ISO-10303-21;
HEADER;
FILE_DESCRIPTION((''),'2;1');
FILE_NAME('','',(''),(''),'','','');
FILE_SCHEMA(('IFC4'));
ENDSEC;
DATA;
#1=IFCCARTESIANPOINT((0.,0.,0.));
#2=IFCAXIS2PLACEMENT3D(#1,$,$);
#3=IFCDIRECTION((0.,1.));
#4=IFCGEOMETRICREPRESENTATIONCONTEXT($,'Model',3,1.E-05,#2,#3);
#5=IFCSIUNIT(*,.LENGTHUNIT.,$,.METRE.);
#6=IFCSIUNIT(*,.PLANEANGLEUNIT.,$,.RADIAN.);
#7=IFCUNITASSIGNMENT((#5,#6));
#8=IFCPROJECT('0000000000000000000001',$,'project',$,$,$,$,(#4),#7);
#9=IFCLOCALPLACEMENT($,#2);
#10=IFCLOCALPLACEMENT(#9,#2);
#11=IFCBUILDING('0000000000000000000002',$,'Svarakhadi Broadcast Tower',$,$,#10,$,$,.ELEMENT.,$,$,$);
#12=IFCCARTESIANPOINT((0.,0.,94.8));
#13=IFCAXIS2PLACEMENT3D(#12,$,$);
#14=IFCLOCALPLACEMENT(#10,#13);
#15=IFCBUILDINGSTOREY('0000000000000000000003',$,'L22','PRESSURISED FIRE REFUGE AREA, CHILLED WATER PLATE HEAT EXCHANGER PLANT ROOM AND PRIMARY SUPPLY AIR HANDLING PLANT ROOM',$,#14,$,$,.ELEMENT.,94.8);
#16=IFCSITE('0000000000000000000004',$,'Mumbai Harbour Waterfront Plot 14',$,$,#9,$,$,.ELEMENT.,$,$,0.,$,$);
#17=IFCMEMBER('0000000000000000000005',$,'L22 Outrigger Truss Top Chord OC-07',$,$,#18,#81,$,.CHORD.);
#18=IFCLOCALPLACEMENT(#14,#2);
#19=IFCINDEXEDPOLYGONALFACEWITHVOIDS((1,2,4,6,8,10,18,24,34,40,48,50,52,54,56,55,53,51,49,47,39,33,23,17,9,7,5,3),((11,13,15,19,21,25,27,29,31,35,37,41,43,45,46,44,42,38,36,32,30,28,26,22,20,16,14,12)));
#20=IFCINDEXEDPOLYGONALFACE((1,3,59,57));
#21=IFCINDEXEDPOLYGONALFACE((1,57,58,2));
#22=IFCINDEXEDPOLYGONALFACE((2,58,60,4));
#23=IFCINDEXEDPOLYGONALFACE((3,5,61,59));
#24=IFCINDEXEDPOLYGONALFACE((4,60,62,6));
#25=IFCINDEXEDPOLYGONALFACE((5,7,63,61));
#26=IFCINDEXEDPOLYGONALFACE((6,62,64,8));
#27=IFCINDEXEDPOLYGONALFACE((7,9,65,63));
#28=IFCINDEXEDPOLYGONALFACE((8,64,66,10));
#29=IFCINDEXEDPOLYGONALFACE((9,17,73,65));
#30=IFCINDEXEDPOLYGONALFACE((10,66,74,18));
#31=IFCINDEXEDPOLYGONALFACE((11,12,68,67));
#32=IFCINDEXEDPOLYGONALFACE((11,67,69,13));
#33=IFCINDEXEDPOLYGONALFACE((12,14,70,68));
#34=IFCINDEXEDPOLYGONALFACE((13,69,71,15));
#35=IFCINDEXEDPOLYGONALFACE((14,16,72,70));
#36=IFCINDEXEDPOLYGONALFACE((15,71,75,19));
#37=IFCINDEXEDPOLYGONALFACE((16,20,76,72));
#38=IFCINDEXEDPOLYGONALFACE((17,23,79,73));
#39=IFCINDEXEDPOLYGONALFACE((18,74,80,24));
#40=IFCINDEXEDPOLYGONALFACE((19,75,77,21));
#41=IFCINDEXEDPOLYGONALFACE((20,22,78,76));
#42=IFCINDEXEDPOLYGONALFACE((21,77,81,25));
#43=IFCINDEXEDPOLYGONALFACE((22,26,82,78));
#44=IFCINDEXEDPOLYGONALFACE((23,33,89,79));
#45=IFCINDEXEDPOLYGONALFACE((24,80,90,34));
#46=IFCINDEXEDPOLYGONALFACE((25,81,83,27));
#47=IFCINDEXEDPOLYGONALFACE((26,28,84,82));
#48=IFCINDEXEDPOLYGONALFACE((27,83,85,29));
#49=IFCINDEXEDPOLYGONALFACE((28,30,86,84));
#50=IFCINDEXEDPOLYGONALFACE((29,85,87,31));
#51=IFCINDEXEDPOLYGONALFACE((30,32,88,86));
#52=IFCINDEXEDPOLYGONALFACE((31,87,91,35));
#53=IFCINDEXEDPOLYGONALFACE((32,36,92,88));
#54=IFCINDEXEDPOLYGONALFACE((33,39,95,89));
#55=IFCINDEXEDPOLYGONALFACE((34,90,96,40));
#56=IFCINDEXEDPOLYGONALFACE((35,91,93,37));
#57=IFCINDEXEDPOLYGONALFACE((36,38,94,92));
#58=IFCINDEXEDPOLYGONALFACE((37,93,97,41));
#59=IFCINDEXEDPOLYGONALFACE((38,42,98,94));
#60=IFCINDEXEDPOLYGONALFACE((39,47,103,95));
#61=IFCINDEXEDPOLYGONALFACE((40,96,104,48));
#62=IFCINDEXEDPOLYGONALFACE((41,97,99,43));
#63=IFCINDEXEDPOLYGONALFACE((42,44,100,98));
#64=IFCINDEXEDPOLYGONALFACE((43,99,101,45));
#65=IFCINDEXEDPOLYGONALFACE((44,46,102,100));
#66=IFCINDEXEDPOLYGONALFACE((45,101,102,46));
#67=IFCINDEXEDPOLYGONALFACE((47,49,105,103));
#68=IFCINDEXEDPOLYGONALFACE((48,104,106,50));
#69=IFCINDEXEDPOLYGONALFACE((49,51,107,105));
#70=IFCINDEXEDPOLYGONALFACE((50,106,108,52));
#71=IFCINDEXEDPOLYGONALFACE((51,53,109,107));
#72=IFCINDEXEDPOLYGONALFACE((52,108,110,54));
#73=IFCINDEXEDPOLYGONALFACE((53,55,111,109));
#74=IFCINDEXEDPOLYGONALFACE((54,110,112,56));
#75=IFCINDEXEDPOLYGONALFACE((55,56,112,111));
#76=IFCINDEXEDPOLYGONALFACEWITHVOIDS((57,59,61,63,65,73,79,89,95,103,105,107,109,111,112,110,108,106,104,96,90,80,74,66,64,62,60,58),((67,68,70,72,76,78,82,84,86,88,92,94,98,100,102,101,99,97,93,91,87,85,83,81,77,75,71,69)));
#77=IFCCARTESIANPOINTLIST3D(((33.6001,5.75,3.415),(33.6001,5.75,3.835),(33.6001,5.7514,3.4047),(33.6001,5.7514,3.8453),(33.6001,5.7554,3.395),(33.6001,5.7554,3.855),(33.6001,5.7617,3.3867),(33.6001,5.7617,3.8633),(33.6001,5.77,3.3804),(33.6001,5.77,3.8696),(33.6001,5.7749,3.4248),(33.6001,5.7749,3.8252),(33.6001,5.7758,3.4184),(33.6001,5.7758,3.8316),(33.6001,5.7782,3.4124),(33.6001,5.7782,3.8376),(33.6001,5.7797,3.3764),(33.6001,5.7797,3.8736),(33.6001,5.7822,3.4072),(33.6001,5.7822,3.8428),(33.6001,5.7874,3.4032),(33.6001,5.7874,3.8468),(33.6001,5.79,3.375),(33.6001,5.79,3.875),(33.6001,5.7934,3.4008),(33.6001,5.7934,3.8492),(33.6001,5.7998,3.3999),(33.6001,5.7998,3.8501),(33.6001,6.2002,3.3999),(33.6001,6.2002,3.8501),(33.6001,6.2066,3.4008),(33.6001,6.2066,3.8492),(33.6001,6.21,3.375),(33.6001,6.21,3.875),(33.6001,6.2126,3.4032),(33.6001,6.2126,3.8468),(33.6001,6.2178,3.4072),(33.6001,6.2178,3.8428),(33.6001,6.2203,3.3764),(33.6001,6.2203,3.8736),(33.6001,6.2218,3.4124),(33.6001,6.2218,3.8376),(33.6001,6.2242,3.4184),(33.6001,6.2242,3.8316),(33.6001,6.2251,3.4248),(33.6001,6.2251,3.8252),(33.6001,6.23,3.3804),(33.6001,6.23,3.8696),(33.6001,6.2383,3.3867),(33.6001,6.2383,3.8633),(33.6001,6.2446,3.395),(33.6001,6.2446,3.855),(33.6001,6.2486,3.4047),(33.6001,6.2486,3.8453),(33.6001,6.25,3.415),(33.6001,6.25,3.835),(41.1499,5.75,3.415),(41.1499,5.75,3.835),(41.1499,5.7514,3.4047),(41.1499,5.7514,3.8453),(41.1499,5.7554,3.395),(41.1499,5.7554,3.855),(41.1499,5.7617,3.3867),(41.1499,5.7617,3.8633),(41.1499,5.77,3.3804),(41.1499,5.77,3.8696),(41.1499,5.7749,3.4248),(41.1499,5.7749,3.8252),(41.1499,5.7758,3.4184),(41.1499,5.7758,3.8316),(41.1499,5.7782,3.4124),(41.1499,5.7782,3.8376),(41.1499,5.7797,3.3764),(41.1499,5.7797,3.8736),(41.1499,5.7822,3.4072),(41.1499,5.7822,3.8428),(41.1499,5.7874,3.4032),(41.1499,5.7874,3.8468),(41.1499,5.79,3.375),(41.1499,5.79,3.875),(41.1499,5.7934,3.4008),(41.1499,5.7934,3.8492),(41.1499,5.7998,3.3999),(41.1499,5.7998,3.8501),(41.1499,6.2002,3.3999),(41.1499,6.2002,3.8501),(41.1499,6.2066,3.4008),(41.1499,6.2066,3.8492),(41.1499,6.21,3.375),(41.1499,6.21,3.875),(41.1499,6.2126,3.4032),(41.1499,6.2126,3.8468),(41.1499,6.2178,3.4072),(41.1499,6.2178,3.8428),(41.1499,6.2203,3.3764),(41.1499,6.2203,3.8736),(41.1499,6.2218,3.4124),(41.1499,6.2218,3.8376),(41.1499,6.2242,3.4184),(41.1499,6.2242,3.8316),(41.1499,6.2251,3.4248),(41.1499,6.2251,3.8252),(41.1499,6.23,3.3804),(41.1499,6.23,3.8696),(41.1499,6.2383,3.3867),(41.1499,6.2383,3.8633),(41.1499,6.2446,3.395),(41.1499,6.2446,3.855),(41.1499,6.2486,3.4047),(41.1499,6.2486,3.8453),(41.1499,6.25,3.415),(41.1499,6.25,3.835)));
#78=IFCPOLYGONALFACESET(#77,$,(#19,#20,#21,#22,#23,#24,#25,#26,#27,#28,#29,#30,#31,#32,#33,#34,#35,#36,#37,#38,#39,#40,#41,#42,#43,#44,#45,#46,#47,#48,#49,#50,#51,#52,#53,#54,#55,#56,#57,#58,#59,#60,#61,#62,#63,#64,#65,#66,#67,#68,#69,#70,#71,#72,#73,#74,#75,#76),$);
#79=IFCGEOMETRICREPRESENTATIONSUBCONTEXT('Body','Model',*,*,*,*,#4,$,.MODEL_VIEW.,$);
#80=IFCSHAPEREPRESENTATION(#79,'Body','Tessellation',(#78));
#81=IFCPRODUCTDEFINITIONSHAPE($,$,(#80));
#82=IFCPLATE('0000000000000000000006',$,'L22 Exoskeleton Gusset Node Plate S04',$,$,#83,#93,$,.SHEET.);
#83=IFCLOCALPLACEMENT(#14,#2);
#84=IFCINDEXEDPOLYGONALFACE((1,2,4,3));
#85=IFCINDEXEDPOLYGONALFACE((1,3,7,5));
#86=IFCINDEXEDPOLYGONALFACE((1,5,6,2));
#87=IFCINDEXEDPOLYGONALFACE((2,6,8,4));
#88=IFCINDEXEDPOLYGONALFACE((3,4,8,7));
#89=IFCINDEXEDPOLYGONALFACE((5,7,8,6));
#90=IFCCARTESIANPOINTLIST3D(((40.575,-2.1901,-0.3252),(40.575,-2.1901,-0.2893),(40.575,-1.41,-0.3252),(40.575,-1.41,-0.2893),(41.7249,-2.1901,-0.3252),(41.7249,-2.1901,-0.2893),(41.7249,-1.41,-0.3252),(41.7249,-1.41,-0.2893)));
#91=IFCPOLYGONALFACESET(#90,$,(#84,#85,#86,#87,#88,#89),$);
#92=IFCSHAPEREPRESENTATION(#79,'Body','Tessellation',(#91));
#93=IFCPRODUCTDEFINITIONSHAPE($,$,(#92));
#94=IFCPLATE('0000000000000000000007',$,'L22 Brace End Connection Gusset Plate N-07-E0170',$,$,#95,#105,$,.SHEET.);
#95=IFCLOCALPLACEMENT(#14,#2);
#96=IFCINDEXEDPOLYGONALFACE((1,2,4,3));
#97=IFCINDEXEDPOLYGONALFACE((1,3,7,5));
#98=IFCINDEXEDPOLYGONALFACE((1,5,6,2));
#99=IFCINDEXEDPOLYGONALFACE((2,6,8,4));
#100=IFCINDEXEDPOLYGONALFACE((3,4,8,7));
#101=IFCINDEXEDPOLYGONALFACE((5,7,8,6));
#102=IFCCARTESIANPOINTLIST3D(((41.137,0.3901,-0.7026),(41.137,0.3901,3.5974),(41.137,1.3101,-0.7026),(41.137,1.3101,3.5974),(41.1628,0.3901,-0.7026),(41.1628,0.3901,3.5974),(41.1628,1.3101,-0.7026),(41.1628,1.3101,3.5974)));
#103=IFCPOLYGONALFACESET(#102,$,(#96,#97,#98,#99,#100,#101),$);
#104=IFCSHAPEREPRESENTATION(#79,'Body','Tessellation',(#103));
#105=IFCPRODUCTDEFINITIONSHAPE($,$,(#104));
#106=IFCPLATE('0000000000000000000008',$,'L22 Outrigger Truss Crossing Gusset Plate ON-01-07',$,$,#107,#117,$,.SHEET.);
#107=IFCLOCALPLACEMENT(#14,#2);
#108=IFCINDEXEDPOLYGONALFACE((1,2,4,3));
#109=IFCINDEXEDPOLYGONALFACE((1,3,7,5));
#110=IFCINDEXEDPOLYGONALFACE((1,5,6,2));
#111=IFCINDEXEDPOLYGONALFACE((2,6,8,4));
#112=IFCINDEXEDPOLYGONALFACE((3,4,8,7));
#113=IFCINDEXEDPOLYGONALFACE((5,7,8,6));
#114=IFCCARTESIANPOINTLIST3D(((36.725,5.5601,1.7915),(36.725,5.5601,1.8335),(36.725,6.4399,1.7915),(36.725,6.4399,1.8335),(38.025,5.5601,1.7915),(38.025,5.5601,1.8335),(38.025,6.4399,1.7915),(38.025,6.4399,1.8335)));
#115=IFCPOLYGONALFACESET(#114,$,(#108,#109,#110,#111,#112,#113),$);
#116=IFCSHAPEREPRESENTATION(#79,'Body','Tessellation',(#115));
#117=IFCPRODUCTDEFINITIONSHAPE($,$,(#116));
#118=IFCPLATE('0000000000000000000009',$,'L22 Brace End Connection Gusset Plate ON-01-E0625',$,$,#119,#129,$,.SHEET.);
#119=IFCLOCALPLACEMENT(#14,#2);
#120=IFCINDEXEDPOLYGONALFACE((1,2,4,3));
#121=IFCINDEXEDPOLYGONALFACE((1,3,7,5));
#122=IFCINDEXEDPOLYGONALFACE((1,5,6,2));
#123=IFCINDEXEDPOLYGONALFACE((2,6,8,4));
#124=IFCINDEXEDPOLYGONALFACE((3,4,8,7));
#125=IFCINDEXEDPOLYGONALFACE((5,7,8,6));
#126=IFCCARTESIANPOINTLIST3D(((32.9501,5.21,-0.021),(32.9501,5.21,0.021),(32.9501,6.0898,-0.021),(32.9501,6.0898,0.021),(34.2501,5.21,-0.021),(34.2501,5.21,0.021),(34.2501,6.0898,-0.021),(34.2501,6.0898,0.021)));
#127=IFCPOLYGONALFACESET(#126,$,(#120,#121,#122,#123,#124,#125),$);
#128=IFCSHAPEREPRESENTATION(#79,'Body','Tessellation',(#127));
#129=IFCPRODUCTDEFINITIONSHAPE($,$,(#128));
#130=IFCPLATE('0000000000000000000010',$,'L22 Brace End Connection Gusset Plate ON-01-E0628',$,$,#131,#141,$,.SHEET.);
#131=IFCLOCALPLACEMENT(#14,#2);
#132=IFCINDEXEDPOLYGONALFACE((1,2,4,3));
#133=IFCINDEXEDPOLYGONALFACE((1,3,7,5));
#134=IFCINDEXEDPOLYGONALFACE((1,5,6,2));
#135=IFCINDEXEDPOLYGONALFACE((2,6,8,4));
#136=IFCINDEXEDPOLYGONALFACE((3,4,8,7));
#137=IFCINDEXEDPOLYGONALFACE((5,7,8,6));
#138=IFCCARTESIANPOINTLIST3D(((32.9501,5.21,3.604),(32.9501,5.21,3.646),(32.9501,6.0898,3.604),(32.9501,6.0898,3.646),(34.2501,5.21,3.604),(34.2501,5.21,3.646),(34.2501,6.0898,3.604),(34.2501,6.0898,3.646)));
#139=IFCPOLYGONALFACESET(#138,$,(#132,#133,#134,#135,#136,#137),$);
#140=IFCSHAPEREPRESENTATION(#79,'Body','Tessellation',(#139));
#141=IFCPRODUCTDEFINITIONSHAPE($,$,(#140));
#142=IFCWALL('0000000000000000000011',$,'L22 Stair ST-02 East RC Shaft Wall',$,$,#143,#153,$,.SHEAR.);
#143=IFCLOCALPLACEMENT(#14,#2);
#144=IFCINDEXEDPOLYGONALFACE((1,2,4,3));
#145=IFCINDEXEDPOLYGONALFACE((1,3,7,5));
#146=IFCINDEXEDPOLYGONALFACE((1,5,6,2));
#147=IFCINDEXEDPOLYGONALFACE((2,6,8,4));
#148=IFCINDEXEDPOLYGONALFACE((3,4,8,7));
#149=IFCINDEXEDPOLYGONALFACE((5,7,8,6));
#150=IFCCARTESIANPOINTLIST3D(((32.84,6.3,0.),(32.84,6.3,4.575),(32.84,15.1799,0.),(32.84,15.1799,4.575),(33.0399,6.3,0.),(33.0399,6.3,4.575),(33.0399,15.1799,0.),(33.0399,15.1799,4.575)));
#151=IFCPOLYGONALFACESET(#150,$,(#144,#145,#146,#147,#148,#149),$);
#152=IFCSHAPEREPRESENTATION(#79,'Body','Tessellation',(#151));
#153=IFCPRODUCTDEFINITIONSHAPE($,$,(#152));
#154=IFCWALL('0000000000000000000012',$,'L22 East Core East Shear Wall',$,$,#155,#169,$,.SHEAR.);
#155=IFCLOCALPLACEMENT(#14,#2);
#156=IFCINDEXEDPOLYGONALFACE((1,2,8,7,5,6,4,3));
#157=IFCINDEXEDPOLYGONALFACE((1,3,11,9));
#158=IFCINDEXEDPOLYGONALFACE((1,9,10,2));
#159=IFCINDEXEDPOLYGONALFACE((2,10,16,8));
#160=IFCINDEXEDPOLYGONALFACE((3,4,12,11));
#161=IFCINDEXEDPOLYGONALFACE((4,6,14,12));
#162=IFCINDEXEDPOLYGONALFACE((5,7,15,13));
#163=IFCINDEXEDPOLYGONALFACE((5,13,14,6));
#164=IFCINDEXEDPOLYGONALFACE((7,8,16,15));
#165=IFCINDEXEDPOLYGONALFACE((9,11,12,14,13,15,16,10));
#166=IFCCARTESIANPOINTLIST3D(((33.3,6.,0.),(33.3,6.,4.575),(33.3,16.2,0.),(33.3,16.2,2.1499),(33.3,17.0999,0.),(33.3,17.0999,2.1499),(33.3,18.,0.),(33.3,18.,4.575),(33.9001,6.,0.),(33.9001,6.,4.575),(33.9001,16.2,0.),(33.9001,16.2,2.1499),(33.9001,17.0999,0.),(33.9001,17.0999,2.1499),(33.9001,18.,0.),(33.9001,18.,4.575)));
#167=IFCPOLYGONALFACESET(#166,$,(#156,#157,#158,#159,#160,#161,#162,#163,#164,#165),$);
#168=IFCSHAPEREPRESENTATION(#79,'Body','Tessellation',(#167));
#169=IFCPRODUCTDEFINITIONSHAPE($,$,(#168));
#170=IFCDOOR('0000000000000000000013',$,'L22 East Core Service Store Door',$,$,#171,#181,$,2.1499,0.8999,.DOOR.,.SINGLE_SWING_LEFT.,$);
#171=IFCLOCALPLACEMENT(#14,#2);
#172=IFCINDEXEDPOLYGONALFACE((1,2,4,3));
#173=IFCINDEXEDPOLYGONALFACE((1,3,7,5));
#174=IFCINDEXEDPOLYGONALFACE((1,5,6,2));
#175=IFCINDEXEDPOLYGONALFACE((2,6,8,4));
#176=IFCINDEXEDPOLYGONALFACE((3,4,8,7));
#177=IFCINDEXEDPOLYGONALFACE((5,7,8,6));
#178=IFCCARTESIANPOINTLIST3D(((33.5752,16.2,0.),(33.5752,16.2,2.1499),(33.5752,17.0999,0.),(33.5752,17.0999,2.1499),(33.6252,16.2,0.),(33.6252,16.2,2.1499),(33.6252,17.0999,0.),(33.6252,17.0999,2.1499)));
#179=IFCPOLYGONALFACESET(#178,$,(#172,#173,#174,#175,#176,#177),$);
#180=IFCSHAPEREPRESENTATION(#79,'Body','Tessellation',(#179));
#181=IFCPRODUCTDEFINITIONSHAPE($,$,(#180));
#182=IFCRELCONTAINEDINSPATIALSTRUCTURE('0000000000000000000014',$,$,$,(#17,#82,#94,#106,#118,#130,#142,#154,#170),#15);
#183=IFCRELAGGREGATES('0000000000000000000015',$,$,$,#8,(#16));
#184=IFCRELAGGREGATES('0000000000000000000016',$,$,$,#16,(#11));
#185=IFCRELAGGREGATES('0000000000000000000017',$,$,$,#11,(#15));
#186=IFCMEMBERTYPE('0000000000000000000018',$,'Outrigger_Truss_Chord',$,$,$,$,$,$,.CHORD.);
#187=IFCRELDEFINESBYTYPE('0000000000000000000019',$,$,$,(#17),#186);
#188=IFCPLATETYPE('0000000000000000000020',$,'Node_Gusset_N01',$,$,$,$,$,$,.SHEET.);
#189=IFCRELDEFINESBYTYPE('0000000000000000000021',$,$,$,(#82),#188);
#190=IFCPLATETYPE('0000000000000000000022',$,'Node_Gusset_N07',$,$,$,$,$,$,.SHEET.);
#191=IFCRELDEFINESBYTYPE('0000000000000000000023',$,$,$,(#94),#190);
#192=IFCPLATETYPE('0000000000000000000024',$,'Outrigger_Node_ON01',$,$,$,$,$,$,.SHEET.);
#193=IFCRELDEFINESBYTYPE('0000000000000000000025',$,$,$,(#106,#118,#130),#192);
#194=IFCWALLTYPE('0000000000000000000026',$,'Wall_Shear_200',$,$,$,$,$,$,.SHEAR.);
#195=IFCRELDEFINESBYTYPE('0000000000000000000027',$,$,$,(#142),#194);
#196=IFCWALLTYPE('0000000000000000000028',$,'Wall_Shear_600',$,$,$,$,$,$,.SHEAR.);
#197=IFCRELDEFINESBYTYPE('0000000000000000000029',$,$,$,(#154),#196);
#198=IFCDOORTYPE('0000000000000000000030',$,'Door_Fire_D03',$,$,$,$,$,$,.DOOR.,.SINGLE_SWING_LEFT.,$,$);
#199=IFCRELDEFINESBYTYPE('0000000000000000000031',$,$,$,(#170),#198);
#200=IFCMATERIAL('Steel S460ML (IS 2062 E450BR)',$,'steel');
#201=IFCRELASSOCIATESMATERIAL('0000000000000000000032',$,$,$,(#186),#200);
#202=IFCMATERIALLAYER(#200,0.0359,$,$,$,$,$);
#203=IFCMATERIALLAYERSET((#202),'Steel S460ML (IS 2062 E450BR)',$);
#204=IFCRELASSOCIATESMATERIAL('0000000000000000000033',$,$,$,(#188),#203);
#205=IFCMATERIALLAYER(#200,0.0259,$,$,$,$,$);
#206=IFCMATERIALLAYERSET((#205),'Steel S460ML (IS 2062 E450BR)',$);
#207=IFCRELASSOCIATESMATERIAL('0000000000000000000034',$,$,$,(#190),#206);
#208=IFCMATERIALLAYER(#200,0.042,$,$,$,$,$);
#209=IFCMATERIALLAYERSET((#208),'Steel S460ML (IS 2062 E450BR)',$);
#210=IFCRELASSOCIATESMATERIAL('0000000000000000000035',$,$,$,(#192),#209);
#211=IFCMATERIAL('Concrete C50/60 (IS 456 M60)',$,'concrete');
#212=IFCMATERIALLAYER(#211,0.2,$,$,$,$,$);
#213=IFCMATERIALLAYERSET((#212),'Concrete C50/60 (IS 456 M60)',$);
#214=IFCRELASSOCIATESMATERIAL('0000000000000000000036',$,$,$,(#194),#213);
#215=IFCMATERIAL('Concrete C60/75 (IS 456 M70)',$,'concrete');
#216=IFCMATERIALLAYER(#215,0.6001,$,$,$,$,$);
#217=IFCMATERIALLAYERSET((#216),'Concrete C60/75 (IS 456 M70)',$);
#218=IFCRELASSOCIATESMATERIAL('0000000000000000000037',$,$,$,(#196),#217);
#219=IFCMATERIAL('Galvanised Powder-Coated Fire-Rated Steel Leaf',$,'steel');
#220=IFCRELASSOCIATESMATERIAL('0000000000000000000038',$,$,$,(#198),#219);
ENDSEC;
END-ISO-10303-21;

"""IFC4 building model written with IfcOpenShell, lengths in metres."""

from ifc_helpers import new_model, si_unit, direction, frame, frame_2d, origin, origin_2d, place, context, subcontext, project, spatial, rectangle, hollow_rectangle, extrude, material, layer, layer_set, material_profile, profile_set, type_object, element, fill, save


model = new_model("IFC4")

# Units and contexts
model_context = context("Model", 3, precision=1e-05, world=origin(), true_north=direction((0.0, 1.0)))
body_context = subcontext(model_context, "Body", "Model", "MODEL_VIEW")
ifc_project = project(units=[si_unit("LENGTHUNIT", "METRE"), si_unit("PLANEANGLEUNIT", "RADIAN")], contexts=[model_context])

# Site, building, storey
site_placement = place(None, origin())
site = spatial("IfcSite", under=ifc_project, at=site_placement, Name="Mumbai Harbour Waterfront Plot 14", CompositionType="ELEMENT", RefElevation=0.0)
building_placement = place(site_placement, origin())
building = spatial("IfcBuilding", under=site, at=building_placement, Name="Svarakhadi Broadcast Tower", CompositionType="ELEMENT")
storey_placement = place(building_placement, frame((0.0, 0.0, 94.8)))
storey = spatial("IfcBuildingStorey", under=building, at=storey_placement, Name="L22", Description="PRESSURISED FIRE REFUGE AREA, CHILLED WATER PLATE HEAT EXCHANGER PLANT ROOM AND PRIMARY SUPPLY AIR HANDLING PLANT ROOM", CompositionType="ELEMENT", Elevation=94.8)

# Shared definitions
ifc_material_1 = material(Name="Steel S460ML (IS 2062 E450BR)", Category="steel")
ifc_material_2 = material(Name="Concrete C60/75 (IS 456 M70)", Category="concrete")

# Member
ifc_material_profile_1 = material_profile(ifc_material_1, hollow_rectangle(XDim=0.5, YDim=0.5, WallThickness=0.0249, InnerFilletRadius=0.0249, OuterFilletRadius=0.04, at=origin_2d()), Name="SHS 500x500x25")
ifc_profile_set_1 = profile_set([ifc_material_profile_1], Name="Steel S460ML (IS 2062 E450BR)")
member_type_1 = type_object("IfcMemberType", Name="Outrigger_Truss_Chord", PredefinedType="CHORD", material=ifc_profile_set_1)
member_1_placement = place(storey_placement, frame((33.6001, 6.0, 3.625), z_axis=(1.0, 0.0, 0.0), x_axis=(0.0, 1.0, 0.0)))
element("IfcMember", 1, at=member_1_placement, inside=storey, type_object=member_type_1, Name="L22 Outrigger Truss Top Chord OC-07", PredefinedType="CHORD", context=body_context, shape_type="SweptSolid", body=[
    extrude(hollow_rectangle(XDim=0.5, YDim=0.5, WallThickness=0.0249, InnerFilletRadius=0.0249, OuterFilletRadius=0.04, at=origin_2d()), origin(), (0.0, 0.0, 1.0), 7.5498),
])

# Plates
ifc_layer_1 = layer(ifc_material_1, 0.0359)
ifc_layer_set_1 = layer_set([ifc_layer_1], Name="Steel S460ML (IS 2062 E450BR)")
plate_type_1 = type_object("IfcPlateType", Name="Node_Gusset_N01", PredefinedType="SHEET", material=ifc_layer_set_1)
plate_1_placement = place(storey_placement, frame((41.1499, -1.8, -0.3252), z_axis=(0.0, 0.0, 1.0), x_axis=(1.0, 0.0, 0.0)))
element("IfcPlate", 2, at=plate_1_placement, inside=storey, type_object=plate_type_1, Name="L22 Exoskeleton Gusset Node Plate S04", PredefinedType="SHEET", context=body_context, shape_type="SweptSolid", body=[
    extrude(rectangle(XDim=1.1499, YDim=0.78, at=origin_2d()), origin(), (0.0, 0.0, 1.0), 0.0359),
])
ifc_layer_2 = layer(ifc_material_1, 0.0259)
ifc_layer_set_2 = layer_set([ifc_layer_2], Name="Steel S460ML (IS 2062 E450BR)")
plate_type_2 = type_object("IfcPlateType", Name="Node_Gusset_N07", PredefinedType="SHEET", material=ifc_layer_set_2)
plate_2_placement = place(storey_placement, frame((41.1499, 0.8501, -0.7026), z_axis=(0.0, 0.0, 1.0), x_axis=(0.0, 1.0, 0.0)))
element("IfcPlate", 3, at=plate_2_placement, inside=storey, type_object=plate_type_2, Name="L22 Brace End Connection Gusset Plate N-07-E0170", PredefinedType="SHEET", context=body_context, shape_type="SweptSolid", body=[
    extrude(rectangle(XDim=0.9199, YDim=0.0259, at=origin_2d()), origin(), (0.0, 0.0, 1.0), 4.3),
])
ifc_layer_3 = layer(ifc_material_1, 0.042)
ifc_layer_set_3 = layer_set([ifc_layer_3], Name="Steel S460ML (IS 2062 E450BR)")
plate_type_3 = type_object("IfcPlateType", Name="Outrigger_Node_ON01", PredefinedType="SHEET", material=ifc_layer_set_3)
for number, where, z_axis, x_axis, name in (
    (4, (37.375, 6.0, 1.7915), (0.0, 0.0, 1.0), (1.0, 0.0, 0.0), "L22 Outrigger Truss Crossing Gusset Plate ON-01-07"),
    (5, (33.6001, 5.6499, -0.021), (0.0, 0.0, 1.0), (1.0, 0.0, 0.0), "L22 Brace End Connection Gusset Plate ON-01-E0625"),
    (6, (33.6001, 5.6499, 3.604), (0.0, 0.0, 1.0), (1.0, 0.0, 0.0), "L22 Brace End Connection Gusset Plate ON-01-E0628"),
):
    element("IfcPlate", number, at=place(storey_placement, frame(where, z_axis=z_axis, x_axis=x_axis)), inside=storey, type_object=plate_type_3, Name=name, PredefinedType="SHEET", context=body_context, shape_type="SweptSolid", body=[
        extrude(rectangle(XDim=1.3, YDim=0.8799, at=origin_2d()), origin(), (0.0, 0.0, 1.0), 0.042),
    ])

# Wall
ifc_material_3 = material(Name="Concrete C50/60 (IS 456 M60)", Category="concrete")
ifc_layer_4 = layer(ifc_material_3, 0.2)
ifc_layer_set_4 = layer_set([ifc_layer_4], Name="Concrete C50/60 (IS 456 M60)")
wall_type_1 = type_object("IfcWallType", Name="Wall_Shear_200", PredefinedType="SHEAR", material=ifc_layer_set_4)
wall_1_placement = place(storey_placement, frame((32.9399, 6.3, 0.0), z_axis=(0.0, 0.0, 1.0), x_axis=(0.0, 1.0, 0.0)))
element("IfcWall", 7, at=wall_1_placement, inside=storey, type_object=wall_type_1, Name="L22 Stair ST-02 East RC Shaft Wall", PredefinedType="SHEAR", context=body_context, shape_type="SweptSolid", body=[
    extrude(rectangle(XDim=8.8799, YDim=0.2, at=frame_2d((4.4399, 0.0))), origin(), (0.0, 0.0, 1.0), 4.575),
])

# Wall, opening, door
ifc_layer_5 = layer(ifc_material_2, 0.6001)
ifc_layer_set_5 = layer_set([ifc_layer_5], Name="Concrete C60/75 (IS 456 M70)")
wall_type_2 = type_object("IfcWallType", Name="Wall_Shear_600", PredefinedType="SHEAR", material=ifc_layer_set_5)
wall_2_placement = place(storey_placement, frame((33.6001, 6.0, 0.0), z_axis=(0.0, 0.0, 1.0), x_axis=(0.0, 1.0, 0.0)))
wall_2 = element("IfcWall", 8, at=wall_2_placement, inside=storey, type_object=wall_type_2, Name="L22 East Core East Shear Wall", PredefinedType="SHEAR", context=body_context, shape_type="SweptSolid", body=[
    extrude(rectangle(XDim=12.0, YDim=0.6001, at=frame_2d((6.0, 0.0))), origin(), (0.0, 0.0, 1.0), 4.575),
])
opening_placement = place(wall_2_placement, frame((10.2, 0.0, 0.0)))
opening = element("IfcOpeningElement", 9, at=opening_placement, cuts=wall_2, PredefinedType="OPENING", context=body_context, shape_type="SweptSolid", body=[
    extrude(rectangle(XDim=0.8999, YDim=2.1499, at=frame_2d((0.45, 1.075))), frame((0.0, 0.3101, 0.0), z_axis=(0.0, -1.0, 0.0), x_axis=(1.0, 0.0, 0.0)), (0.0, 0.0, 1.0), 0.6201),
])
ifc_material_4 = material(Name="Galvanised Powder-Coated Fire-Rated Steel Leaf", Category="steel")
door_type = type_object("IfcDoorType", Name="Door_Fire_D03", OperationType="SINGLE_SWING_LEFT", PredefinedType="DOOR", material=ifc_material_4)
door_placement = place(opening_placement, origin())
door = element("IfcDoor", 10, at=door_placement, inside=storey, type_object=door_type, Name="L22 East Core Service Store Door", OperationType="SINGLE_SWING_LEFT", OverallHeight=2.1499, OverallWidth=0.8999, PredefinedType="DOOR", context=body_context, shape_type="SweptSolid", body=[
    extrude(rectangle(XDim=0.8999, YDim=2.1499, at=frame_2d((0.45, 1.075))), frame((0.0, 0.0249, 0.0), z_axis=(0.0, -1.0, 0.0), x_axis=(1.0, 0.0, 0.0)), (0.0, 0.0, 1.0), 0.05),
])
fill(opening, door)

save(model, "model.ifc")
